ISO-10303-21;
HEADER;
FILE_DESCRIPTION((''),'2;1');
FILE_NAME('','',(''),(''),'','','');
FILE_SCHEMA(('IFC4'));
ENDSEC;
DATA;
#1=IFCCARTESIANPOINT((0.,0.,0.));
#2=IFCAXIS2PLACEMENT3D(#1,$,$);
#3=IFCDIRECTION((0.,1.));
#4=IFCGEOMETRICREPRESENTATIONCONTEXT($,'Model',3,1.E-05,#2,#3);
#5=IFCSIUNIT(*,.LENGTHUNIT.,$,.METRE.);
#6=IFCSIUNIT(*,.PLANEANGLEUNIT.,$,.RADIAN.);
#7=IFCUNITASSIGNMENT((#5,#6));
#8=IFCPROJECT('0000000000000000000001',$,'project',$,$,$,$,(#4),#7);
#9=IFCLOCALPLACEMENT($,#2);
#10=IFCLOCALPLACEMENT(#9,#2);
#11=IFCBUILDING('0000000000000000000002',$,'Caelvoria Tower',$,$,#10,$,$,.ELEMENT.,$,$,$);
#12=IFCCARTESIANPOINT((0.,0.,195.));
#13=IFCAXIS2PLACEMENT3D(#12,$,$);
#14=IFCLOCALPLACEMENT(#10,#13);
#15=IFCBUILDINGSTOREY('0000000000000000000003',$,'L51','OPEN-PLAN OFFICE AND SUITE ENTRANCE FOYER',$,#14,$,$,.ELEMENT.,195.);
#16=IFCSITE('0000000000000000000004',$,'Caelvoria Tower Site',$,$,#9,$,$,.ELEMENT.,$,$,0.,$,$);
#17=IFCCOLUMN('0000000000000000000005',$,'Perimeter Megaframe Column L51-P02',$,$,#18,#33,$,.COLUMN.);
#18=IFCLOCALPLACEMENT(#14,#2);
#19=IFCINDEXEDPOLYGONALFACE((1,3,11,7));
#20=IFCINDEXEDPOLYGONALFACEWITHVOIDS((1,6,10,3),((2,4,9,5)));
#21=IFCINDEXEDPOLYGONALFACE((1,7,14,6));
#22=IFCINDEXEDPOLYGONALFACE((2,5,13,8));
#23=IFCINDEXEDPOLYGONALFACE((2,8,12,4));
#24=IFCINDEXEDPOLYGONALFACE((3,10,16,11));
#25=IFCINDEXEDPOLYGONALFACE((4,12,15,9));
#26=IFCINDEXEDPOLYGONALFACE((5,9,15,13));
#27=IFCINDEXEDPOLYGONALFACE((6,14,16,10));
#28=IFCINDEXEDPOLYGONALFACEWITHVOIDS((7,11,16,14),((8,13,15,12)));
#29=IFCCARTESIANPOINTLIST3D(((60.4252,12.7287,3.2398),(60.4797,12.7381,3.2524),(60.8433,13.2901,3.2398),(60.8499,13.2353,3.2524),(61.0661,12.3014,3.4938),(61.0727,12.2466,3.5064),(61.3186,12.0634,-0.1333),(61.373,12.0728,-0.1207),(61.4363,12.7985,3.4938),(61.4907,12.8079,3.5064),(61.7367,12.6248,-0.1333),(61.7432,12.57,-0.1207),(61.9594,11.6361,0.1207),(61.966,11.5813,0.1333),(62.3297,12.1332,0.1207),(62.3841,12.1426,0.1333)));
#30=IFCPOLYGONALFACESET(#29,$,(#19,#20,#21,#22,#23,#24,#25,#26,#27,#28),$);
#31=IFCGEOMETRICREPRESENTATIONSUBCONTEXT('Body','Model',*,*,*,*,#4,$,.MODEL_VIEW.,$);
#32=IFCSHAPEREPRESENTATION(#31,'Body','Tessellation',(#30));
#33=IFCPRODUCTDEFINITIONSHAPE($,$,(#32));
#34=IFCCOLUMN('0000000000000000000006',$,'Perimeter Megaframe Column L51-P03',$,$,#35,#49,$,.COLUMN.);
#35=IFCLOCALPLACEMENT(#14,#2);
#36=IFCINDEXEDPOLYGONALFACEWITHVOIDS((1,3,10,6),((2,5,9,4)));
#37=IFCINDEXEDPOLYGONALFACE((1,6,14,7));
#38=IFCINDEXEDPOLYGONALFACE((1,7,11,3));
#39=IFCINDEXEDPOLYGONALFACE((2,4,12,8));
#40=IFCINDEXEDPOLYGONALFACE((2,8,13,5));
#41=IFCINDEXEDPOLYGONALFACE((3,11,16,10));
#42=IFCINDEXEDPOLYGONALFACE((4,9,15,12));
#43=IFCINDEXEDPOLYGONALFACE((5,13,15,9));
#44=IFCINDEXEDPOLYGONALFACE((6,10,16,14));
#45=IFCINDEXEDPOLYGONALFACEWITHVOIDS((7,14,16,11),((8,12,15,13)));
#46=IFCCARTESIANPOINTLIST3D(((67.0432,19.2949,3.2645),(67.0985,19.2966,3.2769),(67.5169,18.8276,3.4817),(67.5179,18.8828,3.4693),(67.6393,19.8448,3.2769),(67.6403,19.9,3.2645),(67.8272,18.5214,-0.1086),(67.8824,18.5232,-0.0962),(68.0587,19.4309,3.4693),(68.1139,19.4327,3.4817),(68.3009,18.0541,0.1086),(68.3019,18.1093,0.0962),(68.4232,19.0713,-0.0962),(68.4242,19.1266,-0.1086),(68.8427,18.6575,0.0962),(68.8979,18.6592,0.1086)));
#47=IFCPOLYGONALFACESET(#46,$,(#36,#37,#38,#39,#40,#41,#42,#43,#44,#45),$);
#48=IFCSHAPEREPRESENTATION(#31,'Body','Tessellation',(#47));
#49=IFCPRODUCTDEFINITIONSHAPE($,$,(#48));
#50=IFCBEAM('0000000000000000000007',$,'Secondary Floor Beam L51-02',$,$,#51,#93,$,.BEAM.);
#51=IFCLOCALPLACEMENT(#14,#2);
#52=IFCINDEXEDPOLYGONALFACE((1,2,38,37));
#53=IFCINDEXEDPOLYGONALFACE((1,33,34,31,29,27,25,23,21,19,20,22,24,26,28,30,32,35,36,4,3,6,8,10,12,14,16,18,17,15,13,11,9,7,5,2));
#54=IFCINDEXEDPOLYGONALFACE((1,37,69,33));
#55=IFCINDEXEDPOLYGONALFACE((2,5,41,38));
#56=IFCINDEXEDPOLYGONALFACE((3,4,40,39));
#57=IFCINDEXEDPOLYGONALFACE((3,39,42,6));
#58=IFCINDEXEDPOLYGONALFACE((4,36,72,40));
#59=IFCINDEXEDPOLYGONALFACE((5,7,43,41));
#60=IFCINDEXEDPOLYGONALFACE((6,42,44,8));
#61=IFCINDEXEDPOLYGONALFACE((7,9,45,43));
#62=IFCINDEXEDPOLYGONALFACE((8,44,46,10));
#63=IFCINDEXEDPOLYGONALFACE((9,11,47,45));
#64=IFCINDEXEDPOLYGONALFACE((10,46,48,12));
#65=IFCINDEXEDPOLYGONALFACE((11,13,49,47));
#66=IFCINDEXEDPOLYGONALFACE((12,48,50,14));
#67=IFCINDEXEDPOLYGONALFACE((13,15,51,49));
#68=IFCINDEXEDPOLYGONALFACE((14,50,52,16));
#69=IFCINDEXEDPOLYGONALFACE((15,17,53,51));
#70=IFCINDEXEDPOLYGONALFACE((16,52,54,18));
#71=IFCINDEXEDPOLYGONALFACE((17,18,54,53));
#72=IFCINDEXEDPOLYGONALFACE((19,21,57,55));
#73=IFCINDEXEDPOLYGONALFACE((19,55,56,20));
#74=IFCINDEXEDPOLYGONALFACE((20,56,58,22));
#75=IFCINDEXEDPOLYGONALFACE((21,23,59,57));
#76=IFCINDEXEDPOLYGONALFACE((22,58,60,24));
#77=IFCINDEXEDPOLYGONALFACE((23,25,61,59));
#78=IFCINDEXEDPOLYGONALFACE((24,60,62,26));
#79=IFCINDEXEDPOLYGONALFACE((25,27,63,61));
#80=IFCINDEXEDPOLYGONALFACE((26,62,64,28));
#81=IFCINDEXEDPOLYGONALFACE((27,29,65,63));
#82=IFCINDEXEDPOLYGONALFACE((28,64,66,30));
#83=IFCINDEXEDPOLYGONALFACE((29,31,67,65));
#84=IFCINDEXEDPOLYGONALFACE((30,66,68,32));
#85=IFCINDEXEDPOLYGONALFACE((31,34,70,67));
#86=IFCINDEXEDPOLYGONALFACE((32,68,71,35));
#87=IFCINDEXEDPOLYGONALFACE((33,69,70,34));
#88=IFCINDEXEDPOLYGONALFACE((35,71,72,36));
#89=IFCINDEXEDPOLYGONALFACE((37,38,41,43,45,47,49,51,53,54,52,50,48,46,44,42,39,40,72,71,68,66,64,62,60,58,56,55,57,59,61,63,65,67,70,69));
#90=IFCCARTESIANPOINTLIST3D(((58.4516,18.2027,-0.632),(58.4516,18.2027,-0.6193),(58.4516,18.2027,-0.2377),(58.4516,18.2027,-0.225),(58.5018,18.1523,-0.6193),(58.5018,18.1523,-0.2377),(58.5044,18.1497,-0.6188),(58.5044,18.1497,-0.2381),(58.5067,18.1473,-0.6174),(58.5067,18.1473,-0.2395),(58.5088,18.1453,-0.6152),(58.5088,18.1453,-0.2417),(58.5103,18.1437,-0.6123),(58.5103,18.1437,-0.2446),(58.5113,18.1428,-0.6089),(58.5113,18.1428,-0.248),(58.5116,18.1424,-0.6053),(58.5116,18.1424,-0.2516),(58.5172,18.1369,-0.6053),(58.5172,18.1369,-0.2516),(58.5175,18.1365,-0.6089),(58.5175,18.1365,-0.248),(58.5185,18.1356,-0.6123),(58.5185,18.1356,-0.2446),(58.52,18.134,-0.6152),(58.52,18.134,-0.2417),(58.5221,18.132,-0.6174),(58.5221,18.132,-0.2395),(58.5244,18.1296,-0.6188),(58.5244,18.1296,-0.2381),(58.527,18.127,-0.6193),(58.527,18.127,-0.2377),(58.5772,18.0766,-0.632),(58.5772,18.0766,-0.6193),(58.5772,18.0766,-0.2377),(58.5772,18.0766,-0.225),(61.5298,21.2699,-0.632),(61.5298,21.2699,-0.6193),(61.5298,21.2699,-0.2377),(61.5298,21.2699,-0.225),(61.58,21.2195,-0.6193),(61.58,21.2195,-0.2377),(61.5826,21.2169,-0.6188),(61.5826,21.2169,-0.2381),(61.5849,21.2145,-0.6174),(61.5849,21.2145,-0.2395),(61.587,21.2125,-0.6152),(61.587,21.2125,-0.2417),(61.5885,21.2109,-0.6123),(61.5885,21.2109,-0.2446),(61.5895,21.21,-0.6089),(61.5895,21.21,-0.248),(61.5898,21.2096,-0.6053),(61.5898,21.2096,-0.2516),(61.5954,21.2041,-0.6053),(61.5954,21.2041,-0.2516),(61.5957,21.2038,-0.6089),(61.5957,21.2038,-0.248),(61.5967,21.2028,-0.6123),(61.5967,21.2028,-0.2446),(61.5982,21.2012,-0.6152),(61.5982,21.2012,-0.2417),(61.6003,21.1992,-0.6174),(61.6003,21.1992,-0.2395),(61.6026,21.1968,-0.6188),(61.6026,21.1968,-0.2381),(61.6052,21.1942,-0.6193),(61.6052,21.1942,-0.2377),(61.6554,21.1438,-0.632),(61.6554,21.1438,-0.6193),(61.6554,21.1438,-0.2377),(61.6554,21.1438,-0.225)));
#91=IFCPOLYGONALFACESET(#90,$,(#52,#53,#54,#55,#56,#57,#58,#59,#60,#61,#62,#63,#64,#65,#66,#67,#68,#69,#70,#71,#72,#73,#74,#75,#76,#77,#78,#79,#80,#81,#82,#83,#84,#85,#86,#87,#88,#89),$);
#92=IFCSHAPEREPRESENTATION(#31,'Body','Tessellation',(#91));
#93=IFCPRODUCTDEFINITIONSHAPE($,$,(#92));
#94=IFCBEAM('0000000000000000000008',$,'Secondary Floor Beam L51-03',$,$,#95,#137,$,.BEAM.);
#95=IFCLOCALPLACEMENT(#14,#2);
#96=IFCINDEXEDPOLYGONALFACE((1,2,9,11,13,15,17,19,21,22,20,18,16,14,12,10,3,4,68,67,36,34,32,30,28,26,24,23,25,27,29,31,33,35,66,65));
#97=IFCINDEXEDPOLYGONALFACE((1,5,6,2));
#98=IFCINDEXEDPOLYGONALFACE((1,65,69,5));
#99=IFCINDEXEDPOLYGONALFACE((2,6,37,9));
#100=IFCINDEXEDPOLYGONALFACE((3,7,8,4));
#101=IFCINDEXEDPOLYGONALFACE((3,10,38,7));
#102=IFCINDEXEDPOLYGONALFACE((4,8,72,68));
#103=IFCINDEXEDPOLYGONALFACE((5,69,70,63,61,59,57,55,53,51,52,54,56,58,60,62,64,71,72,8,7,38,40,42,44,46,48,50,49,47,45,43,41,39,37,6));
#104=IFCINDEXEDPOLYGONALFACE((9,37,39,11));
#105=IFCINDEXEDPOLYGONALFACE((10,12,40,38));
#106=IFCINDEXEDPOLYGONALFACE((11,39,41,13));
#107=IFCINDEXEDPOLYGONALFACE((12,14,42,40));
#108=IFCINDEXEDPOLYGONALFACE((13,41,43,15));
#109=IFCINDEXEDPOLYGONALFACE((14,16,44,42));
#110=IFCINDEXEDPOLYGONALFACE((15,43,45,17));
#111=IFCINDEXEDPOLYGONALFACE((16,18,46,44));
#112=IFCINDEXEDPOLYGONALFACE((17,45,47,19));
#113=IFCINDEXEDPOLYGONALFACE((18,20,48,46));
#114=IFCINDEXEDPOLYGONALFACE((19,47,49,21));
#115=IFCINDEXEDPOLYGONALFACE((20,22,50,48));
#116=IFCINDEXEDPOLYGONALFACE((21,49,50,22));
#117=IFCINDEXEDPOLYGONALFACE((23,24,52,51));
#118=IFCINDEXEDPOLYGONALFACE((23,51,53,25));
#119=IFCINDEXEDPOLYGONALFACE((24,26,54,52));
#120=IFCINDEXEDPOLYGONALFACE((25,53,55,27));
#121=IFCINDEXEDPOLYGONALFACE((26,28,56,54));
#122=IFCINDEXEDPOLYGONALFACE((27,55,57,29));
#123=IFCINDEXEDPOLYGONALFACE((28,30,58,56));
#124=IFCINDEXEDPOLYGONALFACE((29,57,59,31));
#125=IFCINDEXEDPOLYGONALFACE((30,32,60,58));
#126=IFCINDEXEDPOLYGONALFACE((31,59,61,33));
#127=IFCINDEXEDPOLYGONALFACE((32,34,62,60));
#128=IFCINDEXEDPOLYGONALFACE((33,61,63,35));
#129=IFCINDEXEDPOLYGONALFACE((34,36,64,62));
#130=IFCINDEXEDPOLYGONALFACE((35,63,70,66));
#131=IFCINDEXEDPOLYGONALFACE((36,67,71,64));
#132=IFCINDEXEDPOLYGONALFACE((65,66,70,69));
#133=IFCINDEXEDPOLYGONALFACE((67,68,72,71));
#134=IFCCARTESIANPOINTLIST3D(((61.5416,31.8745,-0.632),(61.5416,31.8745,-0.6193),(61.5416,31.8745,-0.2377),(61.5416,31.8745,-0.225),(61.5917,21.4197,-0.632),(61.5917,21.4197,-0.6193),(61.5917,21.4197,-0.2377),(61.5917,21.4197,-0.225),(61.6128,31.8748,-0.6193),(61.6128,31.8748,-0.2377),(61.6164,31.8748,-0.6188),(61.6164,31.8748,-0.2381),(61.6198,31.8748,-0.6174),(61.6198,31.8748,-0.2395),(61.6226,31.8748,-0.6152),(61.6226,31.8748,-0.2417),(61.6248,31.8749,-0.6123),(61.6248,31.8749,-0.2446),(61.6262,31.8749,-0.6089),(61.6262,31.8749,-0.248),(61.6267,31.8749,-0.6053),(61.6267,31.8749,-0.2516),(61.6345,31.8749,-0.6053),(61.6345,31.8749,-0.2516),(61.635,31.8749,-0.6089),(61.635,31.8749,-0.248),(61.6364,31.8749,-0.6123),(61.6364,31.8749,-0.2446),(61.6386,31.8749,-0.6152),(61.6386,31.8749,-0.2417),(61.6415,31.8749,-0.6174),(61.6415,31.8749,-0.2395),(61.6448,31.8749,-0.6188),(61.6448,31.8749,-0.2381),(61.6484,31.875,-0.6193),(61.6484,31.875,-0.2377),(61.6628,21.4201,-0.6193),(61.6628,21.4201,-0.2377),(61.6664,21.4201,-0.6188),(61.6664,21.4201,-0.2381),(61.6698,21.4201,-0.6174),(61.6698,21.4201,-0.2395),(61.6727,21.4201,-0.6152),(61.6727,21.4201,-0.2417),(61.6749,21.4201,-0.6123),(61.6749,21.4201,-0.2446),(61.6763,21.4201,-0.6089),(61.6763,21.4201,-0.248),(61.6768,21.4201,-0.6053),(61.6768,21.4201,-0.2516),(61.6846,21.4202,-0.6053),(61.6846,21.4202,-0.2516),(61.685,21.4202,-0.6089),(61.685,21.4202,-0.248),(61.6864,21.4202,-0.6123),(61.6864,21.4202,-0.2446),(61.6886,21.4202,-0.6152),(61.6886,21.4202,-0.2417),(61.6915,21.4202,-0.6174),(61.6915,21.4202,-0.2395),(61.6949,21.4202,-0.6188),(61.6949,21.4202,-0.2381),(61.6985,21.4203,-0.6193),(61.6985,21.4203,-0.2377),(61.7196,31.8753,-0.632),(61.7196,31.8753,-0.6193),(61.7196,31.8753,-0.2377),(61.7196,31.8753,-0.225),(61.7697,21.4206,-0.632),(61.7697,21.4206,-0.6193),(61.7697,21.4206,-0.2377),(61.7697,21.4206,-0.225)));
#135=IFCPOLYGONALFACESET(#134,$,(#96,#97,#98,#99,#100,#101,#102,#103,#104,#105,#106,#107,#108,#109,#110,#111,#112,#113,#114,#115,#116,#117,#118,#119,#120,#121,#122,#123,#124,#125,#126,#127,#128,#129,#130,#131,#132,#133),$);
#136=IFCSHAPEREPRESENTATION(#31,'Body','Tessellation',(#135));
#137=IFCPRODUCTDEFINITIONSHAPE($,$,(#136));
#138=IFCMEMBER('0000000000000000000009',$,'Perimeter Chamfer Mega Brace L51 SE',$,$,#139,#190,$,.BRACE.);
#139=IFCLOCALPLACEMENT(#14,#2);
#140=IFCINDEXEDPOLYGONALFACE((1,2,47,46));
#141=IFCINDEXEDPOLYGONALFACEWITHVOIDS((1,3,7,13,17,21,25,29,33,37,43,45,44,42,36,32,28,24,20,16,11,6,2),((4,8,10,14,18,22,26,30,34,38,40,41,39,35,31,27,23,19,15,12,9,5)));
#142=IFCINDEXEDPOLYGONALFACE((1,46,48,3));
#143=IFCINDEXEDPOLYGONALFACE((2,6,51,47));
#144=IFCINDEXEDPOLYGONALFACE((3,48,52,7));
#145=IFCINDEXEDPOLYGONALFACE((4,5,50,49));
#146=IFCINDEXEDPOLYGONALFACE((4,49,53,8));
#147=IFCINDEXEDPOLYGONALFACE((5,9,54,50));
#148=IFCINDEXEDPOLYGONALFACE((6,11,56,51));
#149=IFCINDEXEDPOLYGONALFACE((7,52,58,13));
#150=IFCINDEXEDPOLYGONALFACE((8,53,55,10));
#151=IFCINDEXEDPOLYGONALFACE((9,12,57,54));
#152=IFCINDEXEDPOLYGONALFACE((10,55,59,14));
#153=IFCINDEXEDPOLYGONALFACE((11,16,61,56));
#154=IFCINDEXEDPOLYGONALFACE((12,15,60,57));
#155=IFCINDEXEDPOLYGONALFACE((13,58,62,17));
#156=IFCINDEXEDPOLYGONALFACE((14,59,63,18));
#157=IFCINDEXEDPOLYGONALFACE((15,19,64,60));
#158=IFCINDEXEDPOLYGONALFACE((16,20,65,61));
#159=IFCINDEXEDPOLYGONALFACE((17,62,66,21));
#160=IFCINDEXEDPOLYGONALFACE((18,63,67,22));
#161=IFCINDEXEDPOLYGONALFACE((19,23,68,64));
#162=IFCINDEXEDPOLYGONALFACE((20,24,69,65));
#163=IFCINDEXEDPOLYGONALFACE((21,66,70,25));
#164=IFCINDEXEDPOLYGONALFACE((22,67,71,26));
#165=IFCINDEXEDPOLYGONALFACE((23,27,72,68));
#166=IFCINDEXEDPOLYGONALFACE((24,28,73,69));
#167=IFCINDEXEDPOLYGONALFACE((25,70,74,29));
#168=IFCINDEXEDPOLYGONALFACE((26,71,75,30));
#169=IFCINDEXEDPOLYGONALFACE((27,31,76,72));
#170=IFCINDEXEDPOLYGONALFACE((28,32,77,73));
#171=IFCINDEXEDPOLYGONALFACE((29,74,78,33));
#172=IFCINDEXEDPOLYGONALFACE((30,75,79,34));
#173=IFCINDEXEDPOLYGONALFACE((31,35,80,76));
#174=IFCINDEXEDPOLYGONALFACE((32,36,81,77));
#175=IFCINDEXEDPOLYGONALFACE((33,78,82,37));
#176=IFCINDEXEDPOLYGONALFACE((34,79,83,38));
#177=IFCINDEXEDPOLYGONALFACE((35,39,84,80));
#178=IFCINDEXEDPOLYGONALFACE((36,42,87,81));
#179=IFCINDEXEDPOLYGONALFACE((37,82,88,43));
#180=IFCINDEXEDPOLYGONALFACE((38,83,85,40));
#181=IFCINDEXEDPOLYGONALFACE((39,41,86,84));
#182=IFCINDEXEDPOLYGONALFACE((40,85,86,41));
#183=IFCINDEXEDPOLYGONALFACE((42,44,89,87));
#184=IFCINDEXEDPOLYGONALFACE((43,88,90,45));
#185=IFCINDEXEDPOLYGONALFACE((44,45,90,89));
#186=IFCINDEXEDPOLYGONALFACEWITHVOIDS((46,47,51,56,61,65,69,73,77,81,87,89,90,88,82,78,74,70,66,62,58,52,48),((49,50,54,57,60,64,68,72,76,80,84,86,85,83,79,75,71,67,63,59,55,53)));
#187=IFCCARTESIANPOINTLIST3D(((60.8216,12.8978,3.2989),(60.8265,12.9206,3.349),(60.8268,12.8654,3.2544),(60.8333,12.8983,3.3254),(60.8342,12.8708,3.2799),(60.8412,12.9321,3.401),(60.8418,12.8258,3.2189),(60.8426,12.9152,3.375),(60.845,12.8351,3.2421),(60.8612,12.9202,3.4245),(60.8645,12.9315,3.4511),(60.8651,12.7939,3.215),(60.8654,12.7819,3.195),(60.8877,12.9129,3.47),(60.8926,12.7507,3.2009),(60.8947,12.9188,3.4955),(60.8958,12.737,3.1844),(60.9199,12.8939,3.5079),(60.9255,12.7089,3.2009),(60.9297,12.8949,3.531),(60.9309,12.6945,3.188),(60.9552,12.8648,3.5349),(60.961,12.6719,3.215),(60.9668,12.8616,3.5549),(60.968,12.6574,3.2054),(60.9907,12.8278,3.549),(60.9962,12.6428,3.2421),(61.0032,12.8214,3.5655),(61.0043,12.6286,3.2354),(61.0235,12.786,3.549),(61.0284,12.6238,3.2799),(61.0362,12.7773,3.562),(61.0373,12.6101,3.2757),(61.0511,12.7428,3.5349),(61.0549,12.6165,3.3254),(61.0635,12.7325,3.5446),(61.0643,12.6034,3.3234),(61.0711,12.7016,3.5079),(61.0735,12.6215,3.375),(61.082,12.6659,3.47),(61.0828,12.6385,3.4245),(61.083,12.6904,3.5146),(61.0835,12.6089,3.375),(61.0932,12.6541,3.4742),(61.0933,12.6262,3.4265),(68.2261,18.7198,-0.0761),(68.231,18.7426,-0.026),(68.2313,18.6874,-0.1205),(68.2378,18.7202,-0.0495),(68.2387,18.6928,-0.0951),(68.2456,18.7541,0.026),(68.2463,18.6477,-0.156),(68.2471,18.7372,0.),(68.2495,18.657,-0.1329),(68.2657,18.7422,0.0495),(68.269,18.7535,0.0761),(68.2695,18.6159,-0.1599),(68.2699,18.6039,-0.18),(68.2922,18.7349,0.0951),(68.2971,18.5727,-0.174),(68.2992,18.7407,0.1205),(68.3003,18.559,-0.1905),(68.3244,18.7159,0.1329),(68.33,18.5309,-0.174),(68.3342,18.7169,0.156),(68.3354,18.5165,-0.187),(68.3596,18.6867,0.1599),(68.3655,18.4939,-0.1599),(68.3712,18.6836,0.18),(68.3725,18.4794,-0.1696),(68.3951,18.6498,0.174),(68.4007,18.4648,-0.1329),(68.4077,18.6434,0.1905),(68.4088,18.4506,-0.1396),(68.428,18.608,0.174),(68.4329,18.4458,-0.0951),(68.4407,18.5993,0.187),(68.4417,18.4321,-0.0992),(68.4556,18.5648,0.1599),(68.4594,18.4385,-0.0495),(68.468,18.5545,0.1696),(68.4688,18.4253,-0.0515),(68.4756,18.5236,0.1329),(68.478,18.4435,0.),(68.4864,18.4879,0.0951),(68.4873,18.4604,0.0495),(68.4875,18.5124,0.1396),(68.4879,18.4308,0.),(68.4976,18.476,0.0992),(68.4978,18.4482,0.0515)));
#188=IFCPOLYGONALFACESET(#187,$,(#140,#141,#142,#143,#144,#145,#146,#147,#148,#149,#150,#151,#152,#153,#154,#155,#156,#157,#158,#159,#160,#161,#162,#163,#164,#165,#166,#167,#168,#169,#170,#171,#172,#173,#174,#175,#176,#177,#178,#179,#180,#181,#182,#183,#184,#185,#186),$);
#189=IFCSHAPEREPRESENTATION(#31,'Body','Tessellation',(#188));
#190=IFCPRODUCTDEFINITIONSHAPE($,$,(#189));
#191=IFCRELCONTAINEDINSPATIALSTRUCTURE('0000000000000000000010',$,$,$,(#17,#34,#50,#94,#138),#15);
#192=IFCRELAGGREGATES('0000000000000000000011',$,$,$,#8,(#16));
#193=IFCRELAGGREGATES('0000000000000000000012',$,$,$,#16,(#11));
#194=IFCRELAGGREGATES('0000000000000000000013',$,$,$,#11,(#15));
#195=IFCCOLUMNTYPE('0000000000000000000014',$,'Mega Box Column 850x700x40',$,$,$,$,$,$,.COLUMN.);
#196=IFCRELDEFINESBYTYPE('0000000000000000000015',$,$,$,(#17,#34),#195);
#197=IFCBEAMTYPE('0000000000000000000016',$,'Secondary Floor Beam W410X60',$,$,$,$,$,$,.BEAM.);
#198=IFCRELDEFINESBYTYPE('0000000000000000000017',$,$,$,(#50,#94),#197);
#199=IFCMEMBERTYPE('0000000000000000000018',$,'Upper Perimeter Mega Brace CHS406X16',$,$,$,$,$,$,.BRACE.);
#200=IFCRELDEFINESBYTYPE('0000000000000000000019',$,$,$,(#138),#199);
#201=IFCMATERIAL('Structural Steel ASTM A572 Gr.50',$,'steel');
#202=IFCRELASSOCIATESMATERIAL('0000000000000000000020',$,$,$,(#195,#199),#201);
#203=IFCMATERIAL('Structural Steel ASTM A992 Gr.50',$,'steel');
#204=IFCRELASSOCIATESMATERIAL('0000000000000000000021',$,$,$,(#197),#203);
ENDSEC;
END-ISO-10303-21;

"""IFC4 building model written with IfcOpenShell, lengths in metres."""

from ifc_helpers import new_model, si_unit, direction, frame, origin, origin_2d, place, context, subcontext, project, spatial, hollow_rectangle, hollow_circle, i_section, extrude, material, material_profile, profile_set, type_object, element, save


model = new_model("IFC4")

# Units and contexts
model_context = context("Model", 3, precision=1e-05, world=origin(), true_north=direction((0.0, 1.0)))
body_context = subcontext(model_context, "Body", "Model", "MODEL_VIEW")
ifc_project = project(units=[si_unit("LENGTHUNIT", "METRE"), si_unit("PLANEANGLEUNIT", "RADIAN")], contexts=[model_context])

# Site, building, storey
site_placement = place(None, origin())
site = spatial("IfcSite", under=ifc_project, at=site_placement, Name="Caelvoria Tower Site", CompositionType="ELEMENT", RefElevation=0.0)
building_placement = place(site_placement, origin())
building = spatial("IfcBuilding", under=site, at=building_placement, Name="Caelvoria Tower", CompositionType="ELEMENT")
storey_placement = place(building_placement, frame((0.0, 0.0, 195.0)))
storey = spatial("IfcBuildingStorey", under=building, at=storey_placement, Name="L51", Description="OPEN-PLAN OFFICE AND SUITE ENTRANCE FOYER", CompositionType="ELEMENT", Elevation=195.0)

# Columns
ifc_material_1 = material(Name="Structural Steel ASTM A572 Gr.50", Category="steel")
ifc_material_profile_1 = material_profile(ifc_material_1, hollow_rectangle(XDim=0.7, YDim=0.8501, WallThickness=0.04, at=origin_2d()), Name="Structural Steel ASTM A572 Gr.50")
ifc_profile_set_1 = profile_set([ifc_material_profile_1], Name="BOX850X700X40 - Structural Steel ASTM A572 Gr.50")
column_type = type_object("IfcColumnType", Name="Mega Box Column 850x700x40", PredefinedType="COLUMN", material=ifc_profile_set_1)
column_1_placement = place(storey_placement, frame((61.8513, 12.103, 0.0), z_axis=(-0.251482, 0.187288, 0.949568), x_axis=(-0.597296, -0.802021, 0.0)))
element("IfcColumn", 1, at=column_1_placement, inside=storey, type_object=column_type, Name="Perimeter Megaframe Column L51-P02", PredefinedType="COLUMN", context=body_context, shape_type="SweptSolid", body=[
    extrude(hollow_rectangle(XDim=0.7, YDim=0.8501, WallThickness=0.04, at=origin_2d()), origin(), (0.0, 0.0, 1.0), 3.5522),
])
column_2_placement = place(storey_placement, frame((68.3625, 18.5903, 0.0), z_axis=(-0.220935, 0.217976, 0.950618), x_axis=(0.676704, -0.667642, 0.310364)))
element("IfcColumn", 2, at=column_2_placement, inside=storey, type_object=column_type, Name="Perimeter Megaframe Column L51-P03", PredefinedType="COLUMN", context=body_context, shape_type="SweptSolid", body=[
    extrude(hollow_rectangle(XDim=0.7, YDim=0.8501, WallThickness=0.04, at=origin_2d()), origin(), (0.0, 0.0, 1.0), 3.5483),
])

# Beams
ifc_material_2 = material(Name="Structural Steel ASTM A992 Gr.50", Category="steel")
ifc_material_profile_2 = material_profile(ifc_material_2, i_section(OverallWidth=0.178, OverallDepth=0.407, WebThickness=0.0078, FlangeThickness=0.0127, FilletRadius=0.0139, at=origin_2d()), Name="Structural Steel ASTM A992 Gr.50")
ifc_profile_set_2 = profile_set([ifc_material_profile_2], Name="W410X60 - Structural Steel ASTM A992 Gr.50")
beam_type_1 = type_object("IfcBeamType", Name="Secondary Floor Beam W410X60", PredefinedType="BEAM", material=ifc_profile_set_2)
beam_1_placement = place(storey_placement, frame((58.5144, 18.1396, -0.4285), z_axis=(0.70837, 0.705842, 0.0), x_axis=(-0.705842, 0.70837, 0.0)))
element("IfcBeam", 3, at=beam_1_placement, inside=storey, type_object=beam_type_1, Name="Secondary Floor Beam L51-02", PredefinedType="BEAM", context=body_context, shape_type="SweptSolid", body=[
    extrude(i_section(OverallWidth=0.178, OverallDepth=0.407, WebThickness=0.0078, FlangeThickness=0.0127, FilletRadius=0.0139, at=origin_2d()), origin(), (0.0, 0.0, 1.0), 4.3455),
])
beam_2_placement = place(storey_placement, frame((61.6807, 21.4202, -0.4285), z_axis=(-0.004787, 0.999989, 0.0), x_axis=(-0.999989, -0.004787, 0.0)))
element("IfcBeam", 4, at=beam_2_placement, inside=storey, type_object=beam_type_1, Name="Secondary Floor Beam L51-03", PredefinedType="BEAM", context=body_context, shape_type="SweptSolid", body=[
    extrude(i_section(OverallWidth=0.178, OverallDepth=0.407, WebThickness=0.0078, FlangeThickness=0.0127, FilletRadius=0.0139, at=origin_2d()), origin(), (0.0, 0.0, 1.0), 10.4548),
])

# Member
ifc_material_profile_3 = material_profile(ifc_material_1, hollow_circle(Radius=0.2029, WallThickness=0.0161, at=origin_2d()), Name="Structural Steel ASTM A572 Gr.50")
ifc_profile_set_3 = profile_set([ifc_material_profile_3], Name="CHS406X16 - Structural Steel ASTM A572 Gr.50")
member_type = type_object("IfcMemberType", Name="Upper Perimeter Mega Brace CHS406X16", PredefinedType="BRACE", material=ifc_profile_set_3)
member_1_placement = place(storey_placement, frame((68.3625, 18.5903, 0.0), z_axis=(-0.740033, -0.581871, 0.337308), x_axis=(0.618095, -0.786103, 0.0)))
element("IfcMember", 5, at=member_1_placement, inside=storey, type_object=member_type, Name="Perimeter Chamfer Mega Brace L51 SE", PredefinedType="BRACE", context=body_context, shape_type="SweptSolid", body=[
    extrude(hollow_circle(Radius=0.2029, WallThickness=0.0161, at=origin_2d()), origin(), (0.0, 0.0, 1.0), 10.0056),
])

save(model, "model.ifc")
